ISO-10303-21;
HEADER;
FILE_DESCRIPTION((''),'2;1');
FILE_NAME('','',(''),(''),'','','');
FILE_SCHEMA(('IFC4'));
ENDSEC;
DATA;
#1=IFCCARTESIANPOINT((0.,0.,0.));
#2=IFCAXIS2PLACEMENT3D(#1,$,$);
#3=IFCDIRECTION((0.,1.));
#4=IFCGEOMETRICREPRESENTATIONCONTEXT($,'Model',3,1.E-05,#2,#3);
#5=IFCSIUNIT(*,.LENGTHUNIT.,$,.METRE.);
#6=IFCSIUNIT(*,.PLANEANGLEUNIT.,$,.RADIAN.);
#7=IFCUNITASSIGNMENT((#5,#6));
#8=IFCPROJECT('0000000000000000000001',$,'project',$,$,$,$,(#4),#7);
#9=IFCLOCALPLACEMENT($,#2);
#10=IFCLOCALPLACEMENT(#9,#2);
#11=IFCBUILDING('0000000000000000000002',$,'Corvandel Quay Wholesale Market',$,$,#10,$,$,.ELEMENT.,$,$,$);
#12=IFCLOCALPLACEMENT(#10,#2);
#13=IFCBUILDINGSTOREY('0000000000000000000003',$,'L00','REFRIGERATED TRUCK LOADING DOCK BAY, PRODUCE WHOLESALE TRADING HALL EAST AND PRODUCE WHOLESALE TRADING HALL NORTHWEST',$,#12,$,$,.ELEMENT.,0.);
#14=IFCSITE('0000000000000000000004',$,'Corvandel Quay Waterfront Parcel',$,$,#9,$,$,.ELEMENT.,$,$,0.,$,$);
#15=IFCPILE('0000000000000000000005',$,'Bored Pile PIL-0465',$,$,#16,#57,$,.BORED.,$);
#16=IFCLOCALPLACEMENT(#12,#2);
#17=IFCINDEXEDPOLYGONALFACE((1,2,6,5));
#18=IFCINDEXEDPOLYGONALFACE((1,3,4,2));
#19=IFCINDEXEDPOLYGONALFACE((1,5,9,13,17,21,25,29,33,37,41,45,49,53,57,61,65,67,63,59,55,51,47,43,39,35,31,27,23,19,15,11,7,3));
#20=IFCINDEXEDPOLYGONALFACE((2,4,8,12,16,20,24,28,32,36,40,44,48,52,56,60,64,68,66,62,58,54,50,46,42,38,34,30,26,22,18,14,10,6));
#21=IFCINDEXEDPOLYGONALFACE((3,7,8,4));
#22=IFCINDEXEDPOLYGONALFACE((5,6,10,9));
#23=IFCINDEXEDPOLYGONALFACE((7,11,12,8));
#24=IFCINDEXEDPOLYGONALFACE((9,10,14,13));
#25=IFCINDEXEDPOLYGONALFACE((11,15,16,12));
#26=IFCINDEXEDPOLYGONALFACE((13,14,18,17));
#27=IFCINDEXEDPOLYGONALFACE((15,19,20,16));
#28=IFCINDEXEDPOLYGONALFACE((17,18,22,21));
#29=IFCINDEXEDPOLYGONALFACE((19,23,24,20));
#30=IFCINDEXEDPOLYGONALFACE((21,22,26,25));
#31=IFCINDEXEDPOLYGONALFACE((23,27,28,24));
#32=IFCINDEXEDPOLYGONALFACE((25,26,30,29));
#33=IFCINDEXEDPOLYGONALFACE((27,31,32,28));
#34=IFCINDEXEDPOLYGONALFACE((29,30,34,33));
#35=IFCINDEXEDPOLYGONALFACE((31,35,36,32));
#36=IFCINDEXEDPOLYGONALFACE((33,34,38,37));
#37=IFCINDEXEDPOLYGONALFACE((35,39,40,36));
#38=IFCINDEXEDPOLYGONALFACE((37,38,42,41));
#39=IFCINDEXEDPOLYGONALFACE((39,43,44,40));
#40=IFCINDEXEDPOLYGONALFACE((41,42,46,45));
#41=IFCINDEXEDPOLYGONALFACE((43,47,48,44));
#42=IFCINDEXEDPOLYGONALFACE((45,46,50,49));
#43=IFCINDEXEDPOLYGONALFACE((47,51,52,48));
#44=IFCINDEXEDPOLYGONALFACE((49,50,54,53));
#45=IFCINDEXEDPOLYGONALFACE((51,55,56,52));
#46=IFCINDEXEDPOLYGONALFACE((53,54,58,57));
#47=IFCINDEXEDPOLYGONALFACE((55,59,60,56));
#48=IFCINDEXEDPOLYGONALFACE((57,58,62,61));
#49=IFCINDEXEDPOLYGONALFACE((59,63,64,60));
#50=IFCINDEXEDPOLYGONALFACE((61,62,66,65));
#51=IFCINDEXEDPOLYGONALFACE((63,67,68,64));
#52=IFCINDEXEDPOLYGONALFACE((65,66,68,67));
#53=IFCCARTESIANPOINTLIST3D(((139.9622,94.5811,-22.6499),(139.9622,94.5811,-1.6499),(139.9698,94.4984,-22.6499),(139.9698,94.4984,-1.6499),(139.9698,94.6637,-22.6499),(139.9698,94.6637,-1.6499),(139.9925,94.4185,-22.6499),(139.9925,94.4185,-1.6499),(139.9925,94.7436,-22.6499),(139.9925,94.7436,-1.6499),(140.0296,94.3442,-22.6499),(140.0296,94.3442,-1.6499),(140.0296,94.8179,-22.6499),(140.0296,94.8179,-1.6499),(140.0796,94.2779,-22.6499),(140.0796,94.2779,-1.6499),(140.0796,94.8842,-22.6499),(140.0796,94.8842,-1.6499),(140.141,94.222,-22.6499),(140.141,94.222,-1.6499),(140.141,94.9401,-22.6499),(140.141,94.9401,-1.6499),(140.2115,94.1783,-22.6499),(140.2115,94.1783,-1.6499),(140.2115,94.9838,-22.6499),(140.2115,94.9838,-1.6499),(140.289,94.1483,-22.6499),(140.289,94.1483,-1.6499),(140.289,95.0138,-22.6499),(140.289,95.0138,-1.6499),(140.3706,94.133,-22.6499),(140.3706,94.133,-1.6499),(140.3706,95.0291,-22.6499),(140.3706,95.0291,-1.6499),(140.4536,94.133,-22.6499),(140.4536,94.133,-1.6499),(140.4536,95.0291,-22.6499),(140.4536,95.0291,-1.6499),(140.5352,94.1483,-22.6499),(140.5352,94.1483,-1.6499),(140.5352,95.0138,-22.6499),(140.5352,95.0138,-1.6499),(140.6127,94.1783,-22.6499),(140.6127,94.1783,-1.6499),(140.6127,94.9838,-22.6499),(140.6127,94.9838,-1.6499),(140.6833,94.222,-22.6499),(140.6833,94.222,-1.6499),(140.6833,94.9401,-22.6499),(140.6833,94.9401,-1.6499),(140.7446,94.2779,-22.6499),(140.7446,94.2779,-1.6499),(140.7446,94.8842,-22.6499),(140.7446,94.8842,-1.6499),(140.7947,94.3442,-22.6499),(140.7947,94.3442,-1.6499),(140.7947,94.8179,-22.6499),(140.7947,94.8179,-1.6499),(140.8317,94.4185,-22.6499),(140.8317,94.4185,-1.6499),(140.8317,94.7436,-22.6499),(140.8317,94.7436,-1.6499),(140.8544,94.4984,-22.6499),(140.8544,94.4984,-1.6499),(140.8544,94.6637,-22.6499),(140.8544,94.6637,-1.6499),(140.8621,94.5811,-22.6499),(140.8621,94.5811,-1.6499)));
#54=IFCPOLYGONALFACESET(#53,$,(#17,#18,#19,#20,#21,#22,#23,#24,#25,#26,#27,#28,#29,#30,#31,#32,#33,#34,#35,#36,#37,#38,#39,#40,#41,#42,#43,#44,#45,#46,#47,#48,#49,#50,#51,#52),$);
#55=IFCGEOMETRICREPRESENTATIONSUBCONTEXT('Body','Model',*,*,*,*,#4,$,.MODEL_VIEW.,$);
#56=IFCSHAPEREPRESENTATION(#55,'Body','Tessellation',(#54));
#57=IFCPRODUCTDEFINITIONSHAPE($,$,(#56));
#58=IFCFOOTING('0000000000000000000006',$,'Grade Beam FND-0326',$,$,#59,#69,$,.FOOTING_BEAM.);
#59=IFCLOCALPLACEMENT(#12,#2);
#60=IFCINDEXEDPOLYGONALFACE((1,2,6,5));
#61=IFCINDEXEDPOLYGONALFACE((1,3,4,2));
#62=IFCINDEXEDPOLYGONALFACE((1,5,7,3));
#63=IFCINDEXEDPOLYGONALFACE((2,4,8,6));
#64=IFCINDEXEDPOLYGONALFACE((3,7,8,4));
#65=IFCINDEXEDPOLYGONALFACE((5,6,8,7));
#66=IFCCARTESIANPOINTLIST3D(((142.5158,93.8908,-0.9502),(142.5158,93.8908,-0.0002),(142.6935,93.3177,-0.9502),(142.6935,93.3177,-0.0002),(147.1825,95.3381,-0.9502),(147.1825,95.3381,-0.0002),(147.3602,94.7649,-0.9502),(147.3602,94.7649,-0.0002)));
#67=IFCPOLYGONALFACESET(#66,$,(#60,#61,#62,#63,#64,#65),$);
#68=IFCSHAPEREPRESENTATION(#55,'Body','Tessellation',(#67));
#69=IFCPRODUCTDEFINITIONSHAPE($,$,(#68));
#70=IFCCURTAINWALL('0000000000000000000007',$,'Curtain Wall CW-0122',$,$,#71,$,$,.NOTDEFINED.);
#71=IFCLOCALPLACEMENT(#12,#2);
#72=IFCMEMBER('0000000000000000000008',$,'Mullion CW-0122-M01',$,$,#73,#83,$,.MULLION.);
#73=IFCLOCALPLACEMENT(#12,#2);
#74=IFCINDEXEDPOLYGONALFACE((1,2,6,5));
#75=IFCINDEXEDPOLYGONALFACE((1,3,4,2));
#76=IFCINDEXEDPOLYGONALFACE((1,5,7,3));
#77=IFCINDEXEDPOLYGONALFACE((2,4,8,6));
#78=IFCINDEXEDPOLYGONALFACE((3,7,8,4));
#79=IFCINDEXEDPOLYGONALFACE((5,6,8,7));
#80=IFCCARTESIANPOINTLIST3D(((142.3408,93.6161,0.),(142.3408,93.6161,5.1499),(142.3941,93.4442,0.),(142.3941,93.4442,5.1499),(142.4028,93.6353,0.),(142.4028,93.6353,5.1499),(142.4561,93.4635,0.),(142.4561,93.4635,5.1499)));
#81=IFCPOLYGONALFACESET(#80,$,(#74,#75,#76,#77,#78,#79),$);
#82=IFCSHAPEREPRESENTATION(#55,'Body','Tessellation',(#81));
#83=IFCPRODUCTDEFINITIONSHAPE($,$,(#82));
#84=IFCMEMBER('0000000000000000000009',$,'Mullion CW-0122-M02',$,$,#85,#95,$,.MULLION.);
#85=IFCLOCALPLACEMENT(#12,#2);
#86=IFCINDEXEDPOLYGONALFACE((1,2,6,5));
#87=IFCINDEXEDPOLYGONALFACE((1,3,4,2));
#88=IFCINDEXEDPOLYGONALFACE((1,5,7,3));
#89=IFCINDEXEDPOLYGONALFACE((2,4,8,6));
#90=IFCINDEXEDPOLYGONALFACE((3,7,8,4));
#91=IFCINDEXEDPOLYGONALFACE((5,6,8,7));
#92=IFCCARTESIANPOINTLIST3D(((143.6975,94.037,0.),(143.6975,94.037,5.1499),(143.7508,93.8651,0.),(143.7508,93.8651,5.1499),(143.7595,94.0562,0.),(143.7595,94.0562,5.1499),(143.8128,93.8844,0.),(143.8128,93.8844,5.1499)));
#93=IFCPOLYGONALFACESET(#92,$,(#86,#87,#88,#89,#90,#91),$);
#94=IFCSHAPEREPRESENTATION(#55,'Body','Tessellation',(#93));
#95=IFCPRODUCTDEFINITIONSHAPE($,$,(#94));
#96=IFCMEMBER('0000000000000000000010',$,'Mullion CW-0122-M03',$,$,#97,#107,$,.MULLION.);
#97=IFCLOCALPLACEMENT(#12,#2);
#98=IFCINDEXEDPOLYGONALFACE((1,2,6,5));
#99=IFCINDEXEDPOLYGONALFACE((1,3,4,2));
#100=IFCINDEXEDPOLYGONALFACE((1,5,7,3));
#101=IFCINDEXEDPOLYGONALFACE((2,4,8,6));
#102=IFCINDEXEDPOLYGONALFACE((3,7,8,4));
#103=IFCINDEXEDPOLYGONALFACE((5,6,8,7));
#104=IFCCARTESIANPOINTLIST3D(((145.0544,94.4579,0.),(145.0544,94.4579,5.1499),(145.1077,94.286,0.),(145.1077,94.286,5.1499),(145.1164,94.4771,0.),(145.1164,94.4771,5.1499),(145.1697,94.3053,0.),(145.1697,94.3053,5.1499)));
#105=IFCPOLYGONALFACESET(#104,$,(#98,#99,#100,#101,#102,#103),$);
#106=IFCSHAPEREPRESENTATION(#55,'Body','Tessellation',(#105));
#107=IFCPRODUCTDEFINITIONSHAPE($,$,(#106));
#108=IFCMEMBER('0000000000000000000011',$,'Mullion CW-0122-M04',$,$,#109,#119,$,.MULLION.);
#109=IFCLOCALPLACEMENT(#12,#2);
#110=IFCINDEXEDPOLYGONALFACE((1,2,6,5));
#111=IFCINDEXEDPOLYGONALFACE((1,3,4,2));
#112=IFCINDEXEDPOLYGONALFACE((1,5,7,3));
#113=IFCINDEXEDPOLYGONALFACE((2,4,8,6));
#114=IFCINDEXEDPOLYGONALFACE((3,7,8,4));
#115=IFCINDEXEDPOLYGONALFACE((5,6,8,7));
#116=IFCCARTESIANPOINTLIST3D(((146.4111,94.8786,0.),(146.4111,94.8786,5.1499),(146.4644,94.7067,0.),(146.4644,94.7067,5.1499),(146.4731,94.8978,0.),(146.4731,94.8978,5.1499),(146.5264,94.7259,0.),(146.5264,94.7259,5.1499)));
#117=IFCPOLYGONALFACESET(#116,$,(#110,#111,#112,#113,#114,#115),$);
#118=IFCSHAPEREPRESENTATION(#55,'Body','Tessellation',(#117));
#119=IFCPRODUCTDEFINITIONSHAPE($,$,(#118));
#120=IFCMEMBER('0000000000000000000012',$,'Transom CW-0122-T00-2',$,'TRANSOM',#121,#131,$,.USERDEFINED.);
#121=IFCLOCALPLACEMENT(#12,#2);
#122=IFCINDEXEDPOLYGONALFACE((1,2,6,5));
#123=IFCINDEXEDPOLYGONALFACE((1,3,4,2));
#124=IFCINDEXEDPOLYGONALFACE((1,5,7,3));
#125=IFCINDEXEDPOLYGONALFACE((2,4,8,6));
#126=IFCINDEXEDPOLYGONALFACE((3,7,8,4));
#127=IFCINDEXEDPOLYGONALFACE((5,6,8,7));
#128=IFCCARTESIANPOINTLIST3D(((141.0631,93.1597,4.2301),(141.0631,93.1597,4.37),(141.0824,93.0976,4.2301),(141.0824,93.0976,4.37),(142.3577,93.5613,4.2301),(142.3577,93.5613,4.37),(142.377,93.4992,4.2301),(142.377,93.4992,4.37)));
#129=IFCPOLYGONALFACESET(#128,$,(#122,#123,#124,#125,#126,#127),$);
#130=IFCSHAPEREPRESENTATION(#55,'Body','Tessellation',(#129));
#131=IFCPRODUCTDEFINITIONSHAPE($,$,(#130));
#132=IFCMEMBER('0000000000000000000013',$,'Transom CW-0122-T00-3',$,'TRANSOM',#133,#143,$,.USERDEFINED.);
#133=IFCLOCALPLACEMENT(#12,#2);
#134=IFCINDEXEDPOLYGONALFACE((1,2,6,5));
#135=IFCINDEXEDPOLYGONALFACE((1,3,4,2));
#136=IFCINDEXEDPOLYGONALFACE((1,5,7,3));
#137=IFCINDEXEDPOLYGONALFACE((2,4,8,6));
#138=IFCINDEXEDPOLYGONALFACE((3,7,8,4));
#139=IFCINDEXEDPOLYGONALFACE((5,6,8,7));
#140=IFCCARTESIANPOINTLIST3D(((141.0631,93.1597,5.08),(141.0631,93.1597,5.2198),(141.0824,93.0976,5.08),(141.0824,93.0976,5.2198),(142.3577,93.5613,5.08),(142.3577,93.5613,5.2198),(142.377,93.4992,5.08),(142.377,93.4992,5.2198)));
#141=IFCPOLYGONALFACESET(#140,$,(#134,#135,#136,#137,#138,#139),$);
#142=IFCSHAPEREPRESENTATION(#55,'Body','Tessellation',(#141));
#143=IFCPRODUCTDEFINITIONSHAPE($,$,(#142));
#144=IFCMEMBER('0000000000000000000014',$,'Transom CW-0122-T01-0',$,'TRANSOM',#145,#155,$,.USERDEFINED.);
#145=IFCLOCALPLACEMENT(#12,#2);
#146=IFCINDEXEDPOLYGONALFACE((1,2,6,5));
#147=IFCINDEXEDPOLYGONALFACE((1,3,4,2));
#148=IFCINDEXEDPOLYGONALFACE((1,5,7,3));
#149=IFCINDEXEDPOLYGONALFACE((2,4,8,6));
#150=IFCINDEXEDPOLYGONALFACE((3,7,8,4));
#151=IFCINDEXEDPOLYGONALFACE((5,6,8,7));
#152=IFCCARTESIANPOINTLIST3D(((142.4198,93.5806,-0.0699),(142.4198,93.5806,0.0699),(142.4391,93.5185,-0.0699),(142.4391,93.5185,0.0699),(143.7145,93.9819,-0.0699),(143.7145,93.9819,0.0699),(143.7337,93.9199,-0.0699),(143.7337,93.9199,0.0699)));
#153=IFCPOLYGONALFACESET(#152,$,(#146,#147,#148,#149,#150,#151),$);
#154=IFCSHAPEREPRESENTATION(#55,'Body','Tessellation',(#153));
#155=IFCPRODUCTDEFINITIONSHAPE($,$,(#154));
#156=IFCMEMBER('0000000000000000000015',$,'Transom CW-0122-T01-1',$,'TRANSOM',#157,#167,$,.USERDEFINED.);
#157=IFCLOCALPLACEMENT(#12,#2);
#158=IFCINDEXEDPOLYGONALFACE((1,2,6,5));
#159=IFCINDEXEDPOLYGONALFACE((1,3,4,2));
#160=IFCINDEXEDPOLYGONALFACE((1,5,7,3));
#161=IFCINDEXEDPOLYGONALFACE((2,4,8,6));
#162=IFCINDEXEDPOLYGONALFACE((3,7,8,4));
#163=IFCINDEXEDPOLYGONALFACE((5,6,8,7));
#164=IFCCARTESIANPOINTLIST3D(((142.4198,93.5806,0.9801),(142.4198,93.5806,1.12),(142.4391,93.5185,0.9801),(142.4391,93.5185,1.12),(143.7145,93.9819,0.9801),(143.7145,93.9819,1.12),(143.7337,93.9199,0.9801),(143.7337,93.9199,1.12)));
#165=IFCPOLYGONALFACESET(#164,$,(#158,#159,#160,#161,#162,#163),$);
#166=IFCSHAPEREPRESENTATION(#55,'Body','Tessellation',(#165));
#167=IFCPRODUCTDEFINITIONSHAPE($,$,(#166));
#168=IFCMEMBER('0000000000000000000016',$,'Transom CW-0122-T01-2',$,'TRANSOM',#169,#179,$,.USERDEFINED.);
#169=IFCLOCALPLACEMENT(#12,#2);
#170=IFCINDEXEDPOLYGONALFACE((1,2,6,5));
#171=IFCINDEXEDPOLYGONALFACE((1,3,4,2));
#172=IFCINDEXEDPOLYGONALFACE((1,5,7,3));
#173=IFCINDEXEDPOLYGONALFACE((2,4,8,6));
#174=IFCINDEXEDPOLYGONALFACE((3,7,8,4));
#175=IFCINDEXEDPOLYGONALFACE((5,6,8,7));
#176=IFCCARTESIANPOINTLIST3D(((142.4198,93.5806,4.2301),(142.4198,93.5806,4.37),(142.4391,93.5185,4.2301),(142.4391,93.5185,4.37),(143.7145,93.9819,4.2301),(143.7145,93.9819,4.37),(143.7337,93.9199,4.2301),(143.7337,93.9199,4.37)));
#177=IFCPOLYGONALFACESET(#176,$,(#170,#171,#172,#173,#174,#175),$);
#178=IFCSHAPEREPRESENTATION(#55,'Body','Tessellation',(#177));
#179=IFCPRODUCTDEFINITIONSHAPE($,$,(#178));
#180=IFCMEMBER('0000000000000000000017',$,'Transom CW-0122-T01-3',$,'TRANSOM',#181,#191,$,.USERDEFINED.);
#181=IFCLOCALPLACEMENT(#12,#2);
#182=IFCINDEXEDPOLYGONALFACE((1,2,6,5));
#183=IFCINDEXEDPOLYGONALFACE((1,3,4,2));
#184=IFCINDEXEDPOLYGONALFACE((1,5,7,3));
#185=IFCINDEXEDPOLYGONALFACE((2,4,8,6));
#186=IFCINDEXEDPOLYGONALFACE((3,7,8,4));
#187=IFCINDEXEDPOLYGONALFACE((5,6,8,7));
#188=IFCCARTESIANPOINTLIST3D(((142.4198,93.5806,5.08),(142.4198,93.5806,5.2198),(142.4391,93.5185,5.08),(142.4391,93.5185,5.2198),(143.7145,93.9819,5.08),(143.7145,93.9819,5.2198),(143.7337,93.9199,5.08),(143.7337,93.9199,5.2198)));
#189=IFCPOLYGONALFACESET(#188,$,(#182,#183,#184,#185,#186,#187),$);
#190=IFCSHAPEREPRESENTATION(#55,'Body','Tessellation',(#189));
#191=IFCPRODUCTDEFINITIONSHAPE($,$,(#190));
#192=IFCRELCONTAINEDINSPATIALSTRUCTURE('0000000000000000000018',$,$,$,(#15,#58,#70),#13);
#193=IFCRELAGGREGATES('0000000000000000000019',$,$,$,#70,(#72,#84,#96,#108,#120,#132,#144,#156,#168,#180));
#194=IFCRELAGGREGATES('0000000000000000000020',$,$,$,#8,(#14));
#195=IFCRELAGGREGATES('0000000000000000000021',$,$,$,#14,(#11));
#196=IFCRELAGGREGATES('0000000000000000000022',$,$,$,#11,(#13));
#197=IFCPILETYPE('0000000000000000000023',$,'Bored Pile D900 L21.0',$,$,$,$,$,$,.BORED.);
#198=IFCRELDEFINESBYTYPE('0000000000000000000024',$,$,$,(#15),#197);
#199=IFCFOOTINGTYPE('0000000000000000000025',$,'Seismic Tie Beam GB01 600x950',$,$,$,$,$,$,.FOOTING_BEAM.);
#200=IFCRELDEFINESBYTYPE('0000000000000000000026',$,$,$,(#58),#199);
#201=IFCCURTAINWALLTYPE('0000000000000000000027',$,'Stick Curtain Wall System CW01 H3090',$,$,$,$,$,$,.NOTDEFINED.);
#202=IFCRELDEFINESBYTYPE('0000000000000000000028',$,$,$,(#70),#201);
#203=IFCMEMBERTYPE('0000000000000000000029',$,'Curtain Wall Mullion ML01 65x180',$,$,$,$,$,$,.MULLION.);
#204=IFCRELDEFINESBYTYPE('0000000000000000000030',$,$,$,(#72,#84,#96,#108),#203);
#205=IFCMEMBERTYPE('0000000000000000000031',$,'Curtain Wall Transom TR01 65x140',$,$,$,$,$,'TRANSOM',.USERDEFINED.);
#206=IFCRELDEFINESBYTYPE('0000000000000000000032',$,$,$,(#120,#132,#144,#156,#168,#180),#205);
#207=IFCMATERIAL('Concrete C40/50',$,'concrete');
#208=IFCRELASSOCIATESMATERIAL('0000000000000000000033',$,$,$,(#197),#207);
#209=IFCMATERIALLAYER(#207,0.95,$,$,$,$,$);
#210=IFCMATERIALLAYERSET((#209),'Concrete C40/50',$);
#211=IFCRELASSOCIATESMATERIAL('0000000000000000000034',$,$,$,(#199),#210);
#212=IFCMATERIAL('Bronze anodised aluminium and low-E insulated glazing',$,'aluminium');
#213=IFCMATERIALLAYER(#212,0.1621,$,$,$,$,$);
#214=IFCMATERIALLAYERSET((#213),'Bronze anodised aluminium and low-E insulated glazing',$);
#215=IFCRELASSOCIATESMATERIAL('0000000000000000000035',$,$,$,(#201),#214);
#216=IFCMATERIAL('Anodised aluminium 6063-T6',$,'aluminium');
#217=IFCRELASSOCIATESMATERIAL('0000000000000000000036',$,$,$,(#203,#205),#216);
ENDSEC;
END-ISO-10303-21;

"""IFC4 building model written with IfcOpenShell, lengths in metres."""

from ifc_helpers import new_model, si_unit, direction, frame, origin, origin_2d, place, context, subcontext, project, spatial, rectangle, circle, extrude, material, layer, layer_set, material_profile, profile_set, type_object, element, aggregate, save


model = new_model("IFC4")

# Units and contexts
model_context = context("Model", 3, precision=1e-05, world=origin(), true_north=direction((0.0, 1.0)))
body_context = subcontext(model_context, "Body", "Model", "MODEL_VIEW")
ifc_project = project(units=[si_unit("LENGTHUNIT", "METRE"), si_unit("PLANEANGLEUNIT", "RADIAN")], contexts=[model_context])

# Site, building, storey
site_placement = place(None, origin())
site = spatial("IfcSite", under=ifc_project, at=site_placement, Name="Corvandel Quay Waterfront Parcel", CompositionType="ELEMENT", RefElevation=0.0)
building_placement = place(site_placement, origin())
building = spatial("IfcBuilding", under=site, at=building_placement, Name="Corvandel Quay Wholesale Market", CompositionType="ELEMENT")
storey_placement = place(building_placement, origin())
storey = spatial("IfcBuildingStorey", under=building, at=storey_placement, Name="L00", Description="REFRIGERATED TRUCK LOADING DOCK BAY, PRODUCE WHOLESALE TRADING HALL EAST AND PRODUCE WHOLESALE TRADING HALL NORTHWEST", CompositionType="ELEMENT", Elevation=0.0)

# Pile
ifc_material_1 = material(Name="Concrete C40/50", Category="concrete")
ifc_material_profile_1 = material_profile(ifc_material_1, circle(Radius=0.45, at=origin_2d()), Name="RC-PILE-D900")
ifc_profile_set_1 = profile_set([ifc_material_profile_1], Name="Concrete C40/50")
pile_type = type_object("IfcPileType", Name="Bored Pile D900 L21.0", PredefinedType="BORED", material=ifc_profile_set_1)
pile_placement = place(storey_placement, frame((140.4121, 94.5811, -1.6499), z_axis=(0.0, 0.0, -1.0), x_axis=(1.0, 0.0, 0.0)))
element("IfcPile", 1, at=pile_placement, inside=storey, type_object=pile_type, Name="Bored Pile PIL-0465", PredefinedType="BORED", context=body_context, shape_type="SweptSolid", body=[
    extrude(circle(Radius=0.45, at=origin_2d()), origin(), (0.0, 0.0, 1.0), 21.0),
])

# Footing
ifc_layer_1 = layer(ifc_material_1, 0.95)
ifc_layer_set_1 = layer_set([ifc_layer_1], Name="Concrete C40/50")
footing_type = type_object("IfcFootingType", Name="Seismic Tie Beam GB01 600x950", PredefinedType="FOOTING_BEAM", material=ifc_layer_set_1)
footing_placement = place(storey_placement, frame((144.938, 94.3279, -0.9502), z_axis=(0.0, 0.0, 1.0), x_axis=(0.955123, 0.296208, 0.0)))
element("IfcFooting", 2, at=footing_placement, inside=storey, type_object=footing_type, Name="Grade Beam FND-0326", PredefinedType="FOOTING_BEAM", context=body_context, shape_type="SweptSolid", body=[
    extrude(rectangle(XDim=4.886, YDim=0.6001, at=origin_2d()), origin(), (0.0, 0.0, 1.0), 0.95),
])

# Curtain wall, members
ifc_material_2 = material(Name="Bronze anodised aluminium and low-E insulated glazing", Category="aluminium")
ifc_layer_2 = layer(ifc_material_2, 0.1621)
ifc_layer_set_2 = layer_set([ifc_layer_2], Name="Bronze anodised aluminium and low-E insulated glazing")
curtain_wall_type = type_object("IfcCurtainWallType", Name="Stick Curtain Wall System CW01 H3090", PredefinedType="NOTDEFINED", material=ifc_layer_set_2)
curtain_wall_placement = place(storey_placement, origin())
curtain_wall = element("IfcCurtainWall", 3, at=curtain_wall_placement, inside=storey, type_object=curtain_wall_type, Name="Curtain Wall CW-0122", PredefinedType="NOTDEFINED")
ifc_material_3 = material(Name="Anodised aluminium 6063-T6", Category="aluminium")
ifc_material_profile_2 = material_profile(ifc_material_3, rectangle(XDim=0.0649, YDim=0.1799, at=origin_2d()), Name="ALU-MUL-65x180")
ifc_profile_set_2 = profile_set([ifc_material_profile_2], Name="Anodised aluminium 6063-T6")
member_type_1 = type_object("IfcMemberType", Name="Curtain Wall Mullion ML01 65x180", PredefinedType="MULLION", material=ifc_profile_set_2)
member_1_placement = place(storey_placement, frame((142.3984, 93.5398, 0.0), z_axis=(0.0, 0.0, 1.0), x_axis=(0.955123, 0.296208, 0.0)))
member_1 = element("IfcMember", 4, at=member_1_placement, type_object=member_type_1, Name="Mullion CW-0122-M01", PredefinedType="MULLION", context=body_context, shape_type="SweptSolid", body=[
    extrude(rectangle(XDim=0.0649, YDim=0.1799, at=origin_2d()), origin(), (0.0, 0.0, 1.0), 5.1499),
])
member_2_placement = place(storey_placement, frame((143.7551, 93.9607, 0.0), z_axis=(0.0, 0.0, 1.0), x_axis=(0.955123, 0.296208, 0.0)))
member_2 = element("IfcMember", 5, at=member_2_placement, type_object=member_type_1, Name="Mullion CW-0122-M02", PredefinedType="MULLION", context=body_context, shape_type="SweptSolid", body=[
    extrude(rectangle(XDim=0.0649, YDim=0.1799, at=origin_2d()), origin(), (0.0, 0.0, 1.0), 5.1499),
])
member_3_placement = place(storey_placement, frame((145.1121, 94.3816, 0.0), z_axis=(0.0, 0.0, 1.0), x_axis=(0.955123, 0.296208, 0.0)))
member_3 = element("IfcMember", 6, at=member_3_placement, type_object=member_type_1, Name="Mullion CW-0122-M03", PredefinedType="MULLION", context=body_context, shape_type="SweptSolid", body=[
    extrude(rectangle(XDim=0.0649, YDim=0.1799, at=origin_2d()), origin(), (0.0, 0.0, 1.0), 5.1499),
])
member_4_placement = place(storey_placement, frame((146.4688, 94.8022, 0.0), z_axis=(0.0, 0.0, 1.0), x_axis=(0.955123, 0.296208, 0.0)))
member_4 = element("IfcMember", 7, at=member_4_placement, type_object=member_type_1, Name="Mullion CW-0122-M04", PredefinedType="MULLION", context=body_context, shape_type="SweptSolid", body=[
    extrude(rectangle(XDim=0.0649, YDim=0.1799, at=origin_2d()), origin(), (0.0, 0.0, 1.0), 5.1499),
])
ifc_material_profile_3 = material_profile(ifc_material_3, rectangle(XDim=0.0649, YDim=0.1399, at=origin_2d()), Name="ALU-TRN-65x140")
ifc_profile_set_3 = profile_set([ifc_material_profile_3], Name="Anodised aluminium 6063-T6")
member_type_2 = type_object("IfcMemberType", Name="Curtain Wall Transom TR01 65x140", ElementType="TRANSOM", PredefinedType="USERDEFINED", material=ifc_profile_set_3)
member_5_placement = place(storey_placement, frame((141.0728, 93.1287, 4.3), z_axis=(0.955103, 0.296275, 0.0), x_axis=(-0.296275, 0.955103, 0.0)))
member_5 = element("IfcMember", 8, at=member_5_placement, type_object=member_type_2, Name="Transom CW-0122-T00-2", ObjectType="TRANSOM", PredefinedType="USERDEFINED", context=body_context, shape_type="SweptSolid", body=[
    extrude(rectangle(XDim=0.0649, YDim=0.1399, at=origin_2d()), origin(), (0.0, 0.0, 1.0), 1.3555),
])
member_6_placement = place(storey_placement, frame((141.0728, 93.1287, 5.1499), z_axis=(0.955103, 0.296275, 0.0), x_axis=(-0.296275, 0.955103, 0.0)))
member_6 = element("IfcMember", 9, at=member_6_placement, type_object=member_type_2, Name="Transom CW-0122-T00-3", ObjectType="TRANSOM", PredefinedType="USERDEFINED", context=body_context, shape_type="SweptSolid", body=[
    extrude(rectangle(XDim=0.0649, YDim=0.1399, at=origin_2d()), origin(), (0.0, 0.0, 1.0), 1.3555),
])
member_7_placement = place(storey_placement, frame((142.4294, 93.5496, 0.0), z_axis=(0.955154, 0.29611, 0.0), x_axis=(-0.29611, 0.955154, 0.0)))
member_7 = element("IfcMember", 10, at=member_7_placement, type_object=member_type_2, Name="Transom CW-0122-T01-0", ObjectType="TRANSOM", PredefinedType="USERDEFINED", context=body_context, shape_type="SweptSolid", body=[
    extrude(rectangle(XDim=0.0649, YDim=0.1399, at=origin_2d()), origin(), (0.0, 0.0, 1.0), 1.3555),
])
member_8_placement = place(storey_placement, frame((142.4294, 93.5496, 1.05), z_axis=(0.955154, 0.29611, 0.0), x_axis=(-0.29611, 0.955154, 0.0)))
member_8 = element("IfcMember", 11, at=member_8_placement, type_object=member_type_2, Name="Transom CW-0122-T01-1", ObjectType="TRANSOM", PredefinedType="USERDEFINED", context=body_context, shape_type="SweptSolid", body=[
    extrude(rectangle(XDim=0.0649, YDim=0.1399, at=origin_2d()), origin(), (0.0, 0.0, 1.0), 1.3555),
])
member_9_placement = place(storey_placement, frame((142.4294, 93.5496, 4.3), z_axis=(0.955154, 0.29611, 0.0), x_axis=(-0.29611, 0.955154, 0.0)))
member_9 = element("IfcMember", 12, at=member_9_placement, type_object=member_type_2, Name="Transom CW-0122-T01-2", ObjectType="TRANSOM", PredefinedType="USERDEFINED", context=body_context, shape_type="SweptSolid", body=[
    extrude(rectangle(XDim=0.0649, YDim=0.1399, at=origin_2d()), origin(), (0.0, 0.0, 1.0), 1.3555),
])
member_10_placement = place(storey_placement, frame((142.4294, 93.5496, 5.1499), z_axis=(0.955154, 0.29611, 0.0), x_axis=(-0.29611, 0.955154, 0.0)))
member_10 = element("IfcMember", 13, at=member_10_placement, type_object=member_type_2, Name="Transom CW-0122-T01-3", ObjectType="TRANSOM", PredefinedType="USERDEFINED", context=body_context, shape_type="SweptSolid", body=[
    extrude(rectangle(XDim=0.0649, YDim=0.1399, at=origin_2d()), origin(), (0.0, 0.0, 1.0), 1.3555),
])
aggregate(curtain_wall, [member_1, member_2, member_3, member_4, member_5, member_6, member_7, member_8, member_9, member_10])

save(model, "model.ifc")
